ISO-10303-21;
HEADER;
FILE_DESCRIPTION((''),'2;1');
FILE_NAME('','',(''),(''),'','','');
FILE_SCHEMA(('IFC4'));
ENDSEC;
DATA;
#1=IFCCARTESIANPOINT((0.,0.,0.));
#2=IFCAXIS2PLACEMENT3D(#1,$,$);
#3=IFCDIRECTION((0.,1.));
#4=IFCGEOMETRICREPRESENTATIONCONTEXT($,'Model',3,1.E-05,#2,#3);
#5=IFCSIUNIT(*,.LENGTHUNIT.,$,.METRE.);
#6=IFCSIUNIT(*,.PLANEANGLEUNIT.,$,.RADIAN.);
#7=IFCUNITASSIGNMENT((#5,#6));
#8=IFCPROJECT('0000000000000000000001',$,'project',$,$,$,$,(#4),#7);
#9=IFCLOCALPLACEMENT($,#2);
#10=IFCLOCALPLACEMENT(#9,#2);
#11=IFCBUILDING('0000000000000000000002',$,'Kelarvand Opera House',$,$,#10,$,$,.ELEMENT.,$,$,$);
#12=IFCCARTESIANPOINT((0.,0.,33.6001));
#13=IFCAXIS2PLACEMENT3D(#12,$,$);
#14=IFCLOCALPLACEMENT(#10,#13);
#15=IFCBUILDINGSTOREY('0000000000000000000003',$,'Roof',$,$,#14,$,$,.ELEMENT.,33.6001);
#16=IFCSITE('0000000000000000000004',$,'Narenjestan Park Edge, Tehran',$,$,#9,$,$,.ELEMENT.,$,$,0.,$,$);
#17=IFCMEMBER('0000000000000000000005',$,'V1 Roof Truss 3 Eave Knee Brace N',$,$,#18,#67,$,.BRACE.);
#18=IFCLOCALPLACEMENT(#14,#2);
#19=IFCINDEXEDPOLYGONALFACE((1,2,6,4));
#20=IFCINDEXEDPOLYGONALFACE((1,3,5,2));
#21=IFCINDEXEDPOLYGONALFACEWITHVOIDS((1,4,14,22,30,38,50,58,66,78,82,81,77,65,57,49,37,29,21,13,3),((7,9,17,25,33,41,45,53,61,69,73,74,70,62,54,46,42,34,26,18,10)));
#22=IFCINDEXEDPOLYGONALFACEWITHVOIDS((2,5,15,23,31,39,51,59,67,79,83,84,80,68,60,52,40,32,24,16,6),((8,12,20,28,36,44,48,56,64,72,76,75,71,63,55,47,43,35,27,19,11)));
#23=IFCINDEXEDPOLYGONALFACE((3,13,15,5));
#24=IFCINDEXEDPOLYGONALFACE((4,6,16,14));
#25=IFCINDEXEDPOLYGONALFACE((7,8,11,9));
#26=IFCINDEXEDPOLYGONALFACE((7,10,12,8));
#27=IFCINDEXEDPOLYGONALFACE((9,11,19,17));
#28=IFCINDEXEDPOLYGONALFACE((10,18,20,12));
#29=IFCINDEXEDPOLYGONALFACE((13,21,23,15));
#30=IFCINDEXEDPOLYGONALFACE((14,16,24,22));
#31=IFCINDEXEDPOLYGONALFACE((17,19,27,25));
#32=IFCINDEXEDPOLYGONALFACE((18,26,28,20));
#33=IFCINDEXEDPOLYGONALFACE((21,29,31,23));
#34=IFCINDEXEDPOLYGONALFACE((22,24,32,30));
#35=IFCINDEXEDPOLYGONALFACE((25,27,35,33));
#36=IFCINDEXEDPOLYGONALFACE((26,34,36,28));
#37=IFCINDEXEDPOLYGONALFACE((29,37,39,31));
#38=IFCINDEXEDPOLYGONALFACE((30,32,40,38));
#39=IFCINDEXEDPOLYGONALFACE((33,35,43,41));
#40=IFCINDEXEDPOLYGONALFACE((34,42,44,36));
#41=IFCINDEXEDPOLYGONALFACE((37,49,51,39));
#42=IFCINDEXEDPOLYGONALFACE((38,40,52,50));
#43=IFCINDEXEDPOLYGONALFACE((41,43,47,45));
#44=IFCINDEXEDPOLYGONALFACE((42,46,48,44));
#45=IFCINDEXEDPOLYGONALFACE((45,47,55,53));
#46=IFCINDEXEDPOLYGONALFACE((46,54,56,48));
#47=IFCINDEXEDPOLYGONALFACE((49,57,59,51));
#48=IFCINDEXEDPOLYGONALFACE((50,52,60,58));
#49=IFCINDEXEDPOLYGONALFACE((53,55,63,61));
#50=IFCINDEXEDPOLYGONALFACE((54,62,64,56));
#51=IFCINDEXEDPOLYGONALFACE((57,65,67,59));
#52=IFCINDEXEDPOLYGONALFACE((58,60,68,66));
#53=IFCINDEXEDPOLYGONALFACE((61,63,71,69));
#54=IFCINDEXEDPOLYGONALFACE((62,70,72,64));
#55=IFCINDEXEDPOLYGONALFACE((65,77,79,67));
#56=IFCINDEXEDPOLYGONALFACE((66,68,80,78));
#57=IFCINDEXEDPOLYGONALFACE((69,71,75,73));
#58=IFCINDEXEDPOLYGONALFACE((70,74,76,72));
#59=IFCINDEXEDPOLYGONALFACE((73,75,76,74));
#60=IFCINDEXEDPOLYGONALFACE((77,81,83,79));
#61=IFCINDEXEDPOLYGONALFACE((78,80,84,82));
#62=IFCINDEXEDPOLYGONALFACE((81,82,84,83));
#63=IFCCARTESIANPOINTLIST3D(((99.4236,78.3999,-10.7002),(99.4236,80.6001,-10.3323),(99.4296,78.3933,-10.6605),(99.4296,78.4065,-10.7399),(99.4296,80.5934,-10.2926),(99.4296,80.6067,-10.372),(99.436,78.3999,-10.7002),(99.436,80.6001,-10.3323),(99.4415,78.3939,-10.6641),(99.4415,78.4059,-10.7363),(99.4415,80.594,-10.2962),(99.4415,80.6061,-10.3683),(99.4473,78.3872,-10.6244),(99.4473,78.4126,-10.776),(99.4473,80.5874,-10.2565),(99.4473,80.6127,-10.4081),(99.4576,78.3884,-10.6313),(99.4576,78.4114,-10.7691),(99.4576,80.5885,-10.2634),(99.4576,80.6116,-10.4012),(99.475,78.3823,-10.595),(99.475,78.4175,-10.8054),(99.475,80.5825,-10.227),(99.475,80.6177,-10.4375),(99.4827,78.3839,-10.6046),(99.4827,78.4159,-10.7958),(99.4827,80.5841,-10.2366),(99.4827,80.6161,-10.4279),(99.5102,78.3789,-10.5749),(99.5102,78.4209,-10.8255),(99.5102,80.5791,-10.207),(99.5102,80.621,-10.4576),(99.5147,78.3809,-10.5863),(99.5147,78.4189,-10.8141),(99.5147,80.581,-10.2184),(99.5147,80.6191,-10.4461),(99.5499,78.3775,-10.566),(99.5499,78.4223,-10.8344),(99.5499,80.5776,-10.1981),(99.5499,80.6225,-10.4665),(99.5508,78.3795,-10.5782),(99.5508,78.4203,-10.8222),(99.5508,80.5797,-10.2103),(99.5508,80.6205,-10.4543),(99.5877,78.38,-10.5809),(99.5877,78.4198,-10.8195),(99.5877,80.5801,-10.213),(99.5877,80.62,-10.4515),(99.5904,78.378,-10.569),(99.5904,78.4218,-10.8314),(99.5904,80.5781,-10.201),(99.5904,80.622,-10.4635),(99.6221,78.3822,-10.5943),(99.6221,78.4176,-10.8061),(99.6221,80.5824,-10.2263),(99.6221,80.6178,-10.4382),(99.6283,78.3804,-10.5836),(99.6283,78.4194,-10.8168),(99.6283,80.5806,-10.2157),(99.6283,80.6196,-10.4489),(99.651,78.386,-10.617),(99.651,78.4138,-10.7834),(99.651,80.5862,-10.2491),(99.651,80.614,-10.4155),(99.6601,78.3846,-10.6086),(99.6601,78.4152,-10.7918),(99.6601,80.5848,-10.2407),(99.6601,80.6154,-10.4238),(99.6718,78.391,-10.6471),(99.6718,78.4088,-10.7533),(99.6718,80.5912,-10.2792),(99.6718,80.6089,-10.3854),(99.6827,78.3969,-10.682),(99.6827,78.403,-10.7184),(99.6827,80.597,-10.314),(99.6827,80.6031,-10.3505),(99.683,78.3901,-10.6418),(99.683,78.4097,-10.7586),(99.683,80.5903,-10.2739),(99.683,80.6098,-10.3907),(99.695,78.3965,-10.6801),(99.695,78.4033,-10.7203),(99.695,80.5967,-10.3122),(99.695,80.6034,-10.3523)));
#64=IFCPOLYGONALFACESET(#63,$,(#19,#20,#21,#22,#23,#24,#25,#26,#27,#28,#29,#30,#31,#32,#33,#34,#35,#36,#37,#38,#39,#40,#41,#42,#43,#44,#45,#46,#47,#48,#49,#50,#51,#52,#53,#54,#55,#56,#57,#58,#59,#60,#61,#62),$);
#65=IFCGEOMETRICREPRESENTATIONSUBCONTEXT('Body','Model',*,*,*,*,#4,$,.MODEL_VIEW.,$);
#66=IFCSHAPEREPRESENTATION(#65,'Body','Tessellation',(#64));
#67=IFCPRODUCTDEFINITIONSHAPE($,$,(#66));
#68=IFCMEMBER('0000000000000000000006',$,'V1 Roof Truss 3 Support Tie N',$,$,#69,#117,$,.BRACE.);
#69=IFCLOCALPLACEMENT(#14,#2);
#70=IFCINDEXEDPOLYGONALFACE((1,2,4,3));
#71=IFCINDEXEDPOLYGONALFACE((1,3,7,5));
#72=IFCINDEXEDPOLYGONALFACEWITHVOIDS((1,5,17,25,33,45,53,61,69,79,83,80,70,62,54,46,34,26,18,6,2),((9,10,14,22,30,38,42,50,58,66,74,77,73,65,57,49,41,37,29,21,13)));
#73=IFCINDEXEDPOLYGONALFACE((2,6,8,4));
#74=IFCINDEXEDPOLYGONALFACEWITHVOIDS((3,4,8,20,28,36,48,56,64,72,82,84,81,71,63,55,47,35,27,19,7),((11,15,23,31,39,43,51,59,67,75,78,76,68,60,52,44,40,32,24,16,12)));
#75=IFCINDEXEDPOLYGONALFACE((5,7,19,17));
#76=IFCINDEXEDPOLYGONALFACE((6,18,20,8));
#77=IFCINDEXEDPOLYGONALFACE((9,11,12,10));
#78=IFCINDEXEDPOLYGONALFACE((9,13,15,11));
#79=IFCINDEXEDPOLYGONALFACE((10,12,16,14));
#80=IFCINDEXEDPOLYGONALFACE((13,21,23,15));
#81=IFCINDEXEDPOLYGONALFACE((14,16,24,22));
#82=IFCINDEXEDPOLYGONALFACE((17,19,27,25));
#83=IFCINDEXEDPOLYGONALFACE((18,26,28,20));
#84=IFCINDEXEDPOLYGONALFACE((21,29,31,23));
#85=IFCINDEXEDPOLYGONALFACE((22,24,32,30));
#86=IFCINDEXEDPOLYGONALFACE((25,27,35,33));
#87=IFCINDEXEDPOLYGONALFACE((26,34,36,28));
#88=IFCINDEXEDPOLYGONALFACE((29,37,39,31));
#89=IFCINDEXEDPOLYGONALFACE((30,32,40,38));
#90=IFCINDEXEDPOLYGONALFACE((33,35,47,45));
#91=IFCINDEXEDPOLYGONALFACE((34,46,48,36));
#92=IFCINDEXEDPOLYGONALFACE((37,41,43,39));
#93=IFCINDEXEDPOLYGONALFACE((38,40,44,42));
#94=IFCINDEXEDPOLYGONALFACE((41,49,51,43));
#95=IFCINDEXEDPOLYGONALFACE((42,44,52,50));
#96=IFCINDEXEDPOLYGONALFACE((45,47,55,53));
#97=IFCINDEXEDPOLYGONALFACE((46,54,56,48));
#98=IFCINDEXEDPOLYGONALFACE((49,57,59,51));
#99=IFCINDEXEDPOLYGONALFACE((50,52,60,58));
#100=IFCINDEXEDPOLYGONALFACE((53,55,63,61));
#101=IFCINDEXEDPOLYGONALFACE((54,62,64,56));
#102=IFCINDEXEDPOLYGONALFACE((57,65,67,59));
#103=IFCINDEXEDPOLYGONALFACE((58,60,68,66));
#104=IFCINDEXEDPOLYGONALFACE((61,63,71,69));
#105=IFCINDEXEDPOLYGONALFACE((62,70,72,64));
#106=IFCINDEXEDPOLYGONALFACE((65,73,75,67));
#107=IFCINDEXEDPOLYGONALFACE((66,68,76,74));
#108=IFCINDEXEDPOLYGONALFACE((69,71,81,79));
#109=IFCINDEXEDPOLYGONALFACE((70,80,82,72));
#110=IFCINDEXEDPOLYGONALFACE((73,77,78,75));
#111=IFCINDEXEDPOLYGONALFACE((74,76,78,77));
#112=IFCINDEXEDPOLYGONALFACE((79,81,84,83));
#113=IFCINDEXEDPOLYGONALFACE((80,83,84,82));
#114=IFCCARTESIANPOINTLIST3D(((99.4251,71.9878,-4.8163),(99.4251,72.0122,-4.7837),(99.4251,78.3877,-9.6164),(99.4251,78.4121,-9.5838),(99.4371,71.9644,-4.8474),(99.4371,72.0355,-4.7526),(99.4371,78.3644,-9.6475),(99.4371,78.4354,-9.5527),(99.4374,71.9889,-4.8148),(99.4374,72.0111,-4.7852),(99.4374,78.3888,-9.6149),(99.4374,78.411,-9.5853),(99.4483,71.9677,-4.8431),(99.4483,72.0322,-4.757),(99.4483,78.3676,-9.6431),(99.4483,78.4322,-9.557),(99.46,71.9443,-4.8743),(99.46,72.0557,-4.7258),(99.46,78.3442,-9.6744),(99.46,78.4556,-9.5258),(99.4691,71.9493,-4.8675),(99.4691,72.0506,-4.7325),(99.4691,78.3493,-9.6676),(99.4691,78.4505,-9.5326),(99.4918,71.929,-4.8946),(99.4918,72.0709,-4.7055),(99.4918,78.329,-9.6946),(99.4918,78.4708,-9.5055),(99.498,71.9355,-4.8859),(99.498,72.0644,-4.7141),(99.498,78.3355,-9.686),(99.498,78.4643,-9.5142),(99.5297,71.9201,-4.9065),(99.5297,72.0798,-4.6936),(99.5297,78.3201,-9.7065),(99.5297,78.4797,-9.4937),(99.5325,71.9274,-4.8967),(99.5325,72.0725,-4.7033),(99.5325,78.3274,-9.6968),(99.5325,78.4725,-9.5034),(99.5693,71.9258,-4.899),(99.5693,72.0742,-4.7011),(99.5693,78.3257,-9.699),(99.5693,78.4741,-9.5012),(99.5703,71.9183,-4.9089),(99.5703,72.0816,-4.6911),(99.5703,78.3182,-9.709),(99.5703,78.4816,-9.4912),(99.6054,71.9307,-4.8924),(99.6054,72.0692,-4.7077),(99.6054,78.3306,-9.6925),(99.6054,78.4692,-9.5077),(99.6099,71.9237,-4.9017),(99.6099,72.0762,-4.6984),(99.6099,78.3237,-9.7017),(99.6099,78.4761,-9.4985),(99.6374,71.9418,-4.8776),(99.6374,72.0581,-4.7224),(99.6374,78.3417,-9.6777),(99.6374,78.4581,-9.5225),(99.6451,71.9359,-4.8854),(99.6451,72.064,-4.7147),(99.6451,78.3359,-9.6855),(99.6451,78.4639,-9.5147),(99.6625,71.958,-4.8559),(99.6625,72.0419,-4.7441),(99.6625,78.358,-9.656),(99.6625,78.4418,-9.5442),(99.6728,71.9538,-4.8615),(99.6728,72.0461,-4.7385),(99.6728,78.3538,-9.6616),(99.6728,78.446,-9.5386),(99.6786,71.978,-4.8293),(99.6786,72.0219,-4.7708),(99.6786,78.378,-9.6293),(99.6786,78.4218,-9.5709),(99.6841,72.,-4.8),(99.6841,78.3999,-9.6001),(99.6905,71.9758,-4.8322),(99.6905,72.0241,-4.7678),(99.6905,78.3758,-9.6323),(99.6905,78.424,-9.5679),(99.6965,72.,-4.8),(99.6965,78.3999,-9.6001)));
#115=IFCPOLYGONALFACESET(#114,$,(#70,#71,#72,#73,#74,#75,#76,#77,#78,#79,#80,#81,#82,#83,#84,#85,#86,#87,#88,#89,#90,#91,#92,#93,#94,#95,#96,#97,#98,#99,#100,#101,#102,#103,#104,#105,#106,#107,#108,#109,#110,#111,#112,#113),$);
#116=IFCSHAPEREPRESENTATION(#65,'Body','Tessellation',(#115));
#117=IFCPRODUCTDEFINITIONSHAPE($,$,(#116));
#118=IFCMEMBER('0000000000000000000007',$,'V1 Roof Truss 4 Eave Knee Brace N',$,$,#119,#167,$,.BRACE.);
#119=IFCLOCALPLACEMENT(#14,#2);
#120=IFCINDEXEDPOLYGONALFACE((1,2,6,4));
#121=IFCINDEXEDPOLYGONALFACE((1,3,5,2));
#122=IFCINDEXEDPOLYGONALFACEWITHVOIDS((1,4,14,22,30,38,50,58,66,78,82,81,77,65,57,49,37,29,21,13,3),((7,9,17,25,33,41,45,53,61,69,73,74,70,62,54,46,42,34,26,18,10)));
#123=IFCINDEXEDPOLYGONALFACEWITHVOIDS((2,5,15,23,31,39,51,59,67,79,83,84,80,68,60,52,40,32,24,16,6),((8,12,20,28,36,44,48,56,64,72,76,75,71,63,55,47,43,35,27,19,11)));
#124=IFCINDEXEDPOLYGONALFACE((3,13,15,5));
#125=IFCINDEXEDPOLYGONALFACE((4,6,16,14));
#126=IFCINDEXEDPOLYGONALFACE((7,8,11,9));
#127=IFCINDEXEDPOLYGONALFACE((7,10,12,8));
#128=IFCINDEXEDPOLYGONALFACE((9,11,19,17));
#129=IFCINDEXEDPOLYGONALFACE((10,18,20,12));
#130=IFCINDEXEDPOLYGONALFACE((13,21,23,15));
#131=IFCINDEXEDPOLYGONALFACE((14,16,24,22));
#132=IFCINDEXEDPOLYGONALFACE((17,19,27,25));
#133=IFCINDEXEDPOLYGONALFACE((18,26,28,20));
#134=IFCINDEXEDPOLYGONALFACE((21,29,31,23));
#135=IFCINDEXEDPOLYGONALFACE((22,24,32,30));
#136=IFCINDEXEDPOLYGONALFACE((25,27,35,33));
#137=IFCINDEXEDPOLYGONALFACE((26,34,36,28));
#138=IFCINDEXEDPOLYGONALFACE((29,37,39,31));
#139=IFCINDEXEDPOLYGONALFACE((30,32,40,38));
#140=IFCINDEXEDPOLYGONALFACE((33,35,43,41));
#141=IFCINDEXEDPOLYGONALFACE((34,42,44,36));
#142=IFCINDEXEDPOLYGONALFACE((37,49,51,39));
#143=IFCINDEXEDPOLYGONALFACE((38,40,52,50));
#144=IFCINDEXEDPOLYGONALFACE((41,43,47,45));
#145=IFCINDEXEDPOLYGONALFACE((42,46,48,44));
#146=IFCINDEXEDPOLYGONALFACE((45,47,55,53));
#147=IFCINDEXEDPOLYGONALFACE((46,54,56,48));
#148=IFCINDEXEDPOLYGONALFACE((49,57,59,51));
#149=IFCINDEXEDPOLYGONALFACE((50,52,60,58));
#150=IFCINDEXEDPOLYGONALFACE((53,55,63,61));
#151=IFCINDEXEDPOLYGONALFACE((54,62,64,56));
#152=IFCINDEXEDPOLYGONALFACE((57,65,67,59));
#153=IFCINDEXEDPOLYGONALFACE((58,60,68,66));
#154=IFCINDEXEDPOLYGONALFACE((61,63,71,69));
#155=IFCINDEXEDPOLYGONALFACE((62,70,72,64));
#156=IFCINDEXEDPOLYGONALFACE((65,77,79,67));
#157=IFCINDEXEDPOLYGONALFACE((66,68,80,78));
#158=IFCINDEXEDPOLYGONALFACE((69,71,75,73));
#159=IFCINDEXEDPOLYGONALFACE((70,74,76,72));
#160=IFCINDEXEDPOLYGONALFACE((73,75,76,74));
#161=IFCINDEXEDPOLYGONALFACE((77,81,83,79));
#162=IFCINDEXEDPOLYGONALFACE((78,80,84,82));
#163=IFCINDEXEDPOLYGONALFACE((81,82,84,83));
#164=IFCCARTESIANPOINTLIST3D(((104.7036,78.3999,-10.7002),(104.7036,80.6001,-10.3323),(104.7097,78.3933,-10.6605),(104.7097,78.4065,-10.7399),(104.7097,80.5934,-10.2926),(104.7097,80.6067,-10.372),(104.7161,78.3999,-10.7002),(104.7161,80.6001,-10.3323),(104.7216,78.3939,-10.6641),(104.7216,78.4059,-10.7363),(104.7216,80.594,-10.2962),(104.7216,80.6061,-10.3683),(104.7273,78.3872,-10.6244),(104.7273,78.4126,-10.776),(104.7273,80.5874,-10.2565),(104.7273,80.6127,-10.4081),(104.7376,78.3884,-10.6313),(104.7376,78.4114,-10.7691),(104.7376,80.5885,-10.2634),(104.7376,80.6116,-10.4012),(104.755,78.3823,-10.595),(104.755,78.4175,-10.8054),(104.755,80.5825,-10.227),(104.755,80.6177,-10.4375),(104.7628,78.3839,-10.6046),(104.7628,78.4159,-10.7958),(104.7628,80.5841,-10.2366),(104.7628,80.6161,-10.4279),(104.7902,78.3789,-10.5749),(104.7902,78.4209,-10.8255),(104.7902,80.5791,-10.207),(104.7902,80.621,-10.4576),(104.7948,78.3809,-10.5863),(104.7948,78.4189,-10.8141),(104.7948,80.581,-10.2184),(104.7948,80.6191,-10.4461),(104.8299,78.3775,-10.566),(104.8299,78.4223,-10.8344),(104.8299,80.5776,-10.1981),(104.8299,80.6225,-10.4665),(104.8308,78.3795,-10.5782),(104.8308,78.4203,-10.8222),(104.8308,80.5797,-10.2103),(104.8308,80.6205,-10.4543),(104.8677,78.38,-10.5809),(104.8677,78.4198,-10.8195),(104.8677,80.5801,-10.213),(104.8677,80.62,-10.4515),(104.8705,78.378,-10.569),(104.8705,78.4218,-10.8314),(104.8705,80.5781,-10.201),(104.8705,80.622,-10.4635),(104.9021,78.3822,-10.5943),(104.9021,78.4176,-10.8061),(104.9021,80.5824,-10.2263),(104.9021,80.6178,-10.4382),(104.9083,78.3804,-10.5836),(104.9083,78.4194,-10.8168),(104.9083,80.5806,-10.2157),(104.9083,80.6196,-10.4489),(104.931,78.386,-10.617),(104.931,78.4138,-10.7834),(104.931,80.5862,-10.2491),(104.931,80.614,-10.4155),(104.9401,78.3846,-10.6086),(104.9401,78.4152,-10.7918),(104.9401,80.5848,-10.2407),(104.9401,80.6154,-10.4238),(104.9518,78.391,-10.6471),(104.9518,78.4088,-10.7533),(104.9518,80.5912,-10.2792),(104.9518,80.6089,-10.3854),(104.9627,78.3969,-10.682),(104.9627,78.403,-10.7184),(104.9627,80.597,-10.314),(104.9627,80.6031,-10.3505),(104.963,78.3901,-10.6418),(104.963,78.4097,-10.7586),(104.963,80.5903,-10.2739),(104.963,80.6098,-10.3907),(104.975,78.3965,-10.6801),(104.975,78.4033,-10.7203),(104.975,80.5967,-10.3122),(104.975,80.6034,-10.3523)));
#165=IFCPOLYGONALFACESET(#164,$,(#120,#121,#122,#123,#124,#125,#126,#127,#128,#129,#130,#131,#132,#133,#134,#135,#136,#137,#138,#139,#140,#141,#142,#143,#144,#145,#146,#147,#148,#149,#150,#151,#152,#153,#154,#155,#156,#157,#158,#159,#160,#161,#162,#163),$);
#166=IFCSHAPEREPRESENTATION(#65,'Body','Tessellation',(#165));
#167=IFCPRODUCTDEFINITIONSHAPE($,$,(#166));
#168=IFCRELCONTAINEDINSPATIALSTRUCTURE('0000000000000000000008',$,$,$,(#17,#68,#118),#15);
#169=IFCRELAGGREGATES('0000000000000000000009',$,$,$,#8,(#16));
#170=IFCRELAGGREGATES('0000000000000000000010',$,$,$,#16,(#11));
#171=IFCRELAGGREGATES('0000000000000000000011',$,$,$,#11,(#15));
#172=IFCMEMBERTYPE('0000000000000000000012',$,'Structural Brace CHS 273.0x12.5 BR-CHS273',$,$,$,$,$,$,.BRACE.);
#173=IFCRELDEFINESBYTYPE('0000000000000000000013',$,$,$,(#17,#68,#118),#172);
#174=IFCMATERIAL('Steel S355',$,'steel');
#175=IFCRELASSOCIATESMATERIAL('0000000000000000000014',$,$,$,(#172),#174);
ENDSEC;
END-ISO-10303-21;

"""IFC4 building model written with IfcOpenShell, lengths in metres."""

from ifc_helpers import new_model, si_unit, direction, frame, origin, origin_2d, place, context, subcontext, project, spatial, hollow_circle, extrude, material, material_profile, profile_set, type_object, element, save


model = new_model("IFC4")

# Units and contexts
model_context = context("Model", 3, precision=1e-05, world=origin(), true_north=direction((0.0, 1.0)))
body_context = subcontext(model_context, "Body", "Model", "MODEL_VIEW")
ifc_project = project(units=[si_unit("LENGTHUNIT", "METRE"), si_unit("PLANEANGLEUNIT", "RADIAN")], contexts=[model_context])

# Site, building, storey
site_placement = place(None, origin())
site = spatial("IfcSite", under=ifc_project, at=site_placement, Name="Narenjestan Park Edge, Tehran", CompositionType="ELEMENT", RefElevation=0.0)
building_placement = place(site_placement, origin())
building = spatial("IfcBuilding", under=site, at=building_placement, Name="Kelarvand Opera House", CompositionType="ELEMENT")
storey_placement = place(building_placement, frame((0.0, 0.0, 33.6001)))
storey = spatial("IfcBuildingStorey", under=building, at=storey_placement, Name="Roof", CompositionType="ELEMENT", Elevation=33.6001)

# Members
ifc_material = material(Name="Steel S355", Category="steel")
ifc_material_profile_1 = material_profile(ifc_material, hollow_circle(Radius=0.1365, WallThickness=0.0125, at=origin_2d()), Name="CHS 273.0x12.5", Category="steel")
ifc_profile_set_1 = profile_set([ifc_material_profile_1], Name="Steel S355")
member_type_1 = type_object("IfcMemberType", Name="Structural Brace CHS 273.0x12.5 BR-CHS273", PredefinedType="BRACE", material=ifc_profile_set_1)
member_1_placement = place(storey_placement, frame((99.5601, 78.3999, -10.7002), z_axis=(0.0, 0.986305, 0.164931), x_axis=(-1.0, 0.0, 0.0)))
element("IfcMember", 1, at=member_1_placement, inside=storey, type_object=member_type_1, Name="V1 Roof Truss 3 Eave Knee Brace N", PredefinedType="BRACE", context=body_context, shape_type="SweptSolid", body=[
    extrude(hollow_circle(Radius=0.1365, WallThickness=0.0125, at=origin_2d()), origin(), (0.0, 0.0, 1.0), 2.2307),
])
member_2_placement = place(storey_placement, frame((99.5601, 78.3999, -9.6001), z_axis=(0.0, -0.799993, 0.60001), x_axis=(1.0, 0.0, 0.0)))
element("IfcMember", 2, at=member_2_placement, inside=storey, type_object=member_type_1, Name="V1 Roof Truss 3 Support Tie N", PredefinedType="BRACE", context=body_context, shape_type="SweptSolid", body=[
    extrude(hollow_circle(Radius=0.1365, WallThickness=0.0125, at=origin_2d()), origin(), (0.0, 0.0, 1.0), 8.0),
])
member_3_placement = place(storey_placement, frame((104.8401, 78.3999, -10.7002), z_axis=(0.0, 0.986305, 0.164931), x_axis=(-1.0, 0.0, 0.0)))
element("IfcMember", 3, at=member_3_placement, inside=storey, type_object=member_type_1, Name="V1 Roof Truss 4 Eave Knee Brace N", PredefinedType="BRACE", context=body_context, shape_type="SweptSolid", body=[
    extrude(hollow_circle(Radius=0.1365, WallThickness=0.0125, at=origin_2d()), origin(), (0.0, 0.0, 1.0), 2.2307),
])

save(model, "model.ifc")
